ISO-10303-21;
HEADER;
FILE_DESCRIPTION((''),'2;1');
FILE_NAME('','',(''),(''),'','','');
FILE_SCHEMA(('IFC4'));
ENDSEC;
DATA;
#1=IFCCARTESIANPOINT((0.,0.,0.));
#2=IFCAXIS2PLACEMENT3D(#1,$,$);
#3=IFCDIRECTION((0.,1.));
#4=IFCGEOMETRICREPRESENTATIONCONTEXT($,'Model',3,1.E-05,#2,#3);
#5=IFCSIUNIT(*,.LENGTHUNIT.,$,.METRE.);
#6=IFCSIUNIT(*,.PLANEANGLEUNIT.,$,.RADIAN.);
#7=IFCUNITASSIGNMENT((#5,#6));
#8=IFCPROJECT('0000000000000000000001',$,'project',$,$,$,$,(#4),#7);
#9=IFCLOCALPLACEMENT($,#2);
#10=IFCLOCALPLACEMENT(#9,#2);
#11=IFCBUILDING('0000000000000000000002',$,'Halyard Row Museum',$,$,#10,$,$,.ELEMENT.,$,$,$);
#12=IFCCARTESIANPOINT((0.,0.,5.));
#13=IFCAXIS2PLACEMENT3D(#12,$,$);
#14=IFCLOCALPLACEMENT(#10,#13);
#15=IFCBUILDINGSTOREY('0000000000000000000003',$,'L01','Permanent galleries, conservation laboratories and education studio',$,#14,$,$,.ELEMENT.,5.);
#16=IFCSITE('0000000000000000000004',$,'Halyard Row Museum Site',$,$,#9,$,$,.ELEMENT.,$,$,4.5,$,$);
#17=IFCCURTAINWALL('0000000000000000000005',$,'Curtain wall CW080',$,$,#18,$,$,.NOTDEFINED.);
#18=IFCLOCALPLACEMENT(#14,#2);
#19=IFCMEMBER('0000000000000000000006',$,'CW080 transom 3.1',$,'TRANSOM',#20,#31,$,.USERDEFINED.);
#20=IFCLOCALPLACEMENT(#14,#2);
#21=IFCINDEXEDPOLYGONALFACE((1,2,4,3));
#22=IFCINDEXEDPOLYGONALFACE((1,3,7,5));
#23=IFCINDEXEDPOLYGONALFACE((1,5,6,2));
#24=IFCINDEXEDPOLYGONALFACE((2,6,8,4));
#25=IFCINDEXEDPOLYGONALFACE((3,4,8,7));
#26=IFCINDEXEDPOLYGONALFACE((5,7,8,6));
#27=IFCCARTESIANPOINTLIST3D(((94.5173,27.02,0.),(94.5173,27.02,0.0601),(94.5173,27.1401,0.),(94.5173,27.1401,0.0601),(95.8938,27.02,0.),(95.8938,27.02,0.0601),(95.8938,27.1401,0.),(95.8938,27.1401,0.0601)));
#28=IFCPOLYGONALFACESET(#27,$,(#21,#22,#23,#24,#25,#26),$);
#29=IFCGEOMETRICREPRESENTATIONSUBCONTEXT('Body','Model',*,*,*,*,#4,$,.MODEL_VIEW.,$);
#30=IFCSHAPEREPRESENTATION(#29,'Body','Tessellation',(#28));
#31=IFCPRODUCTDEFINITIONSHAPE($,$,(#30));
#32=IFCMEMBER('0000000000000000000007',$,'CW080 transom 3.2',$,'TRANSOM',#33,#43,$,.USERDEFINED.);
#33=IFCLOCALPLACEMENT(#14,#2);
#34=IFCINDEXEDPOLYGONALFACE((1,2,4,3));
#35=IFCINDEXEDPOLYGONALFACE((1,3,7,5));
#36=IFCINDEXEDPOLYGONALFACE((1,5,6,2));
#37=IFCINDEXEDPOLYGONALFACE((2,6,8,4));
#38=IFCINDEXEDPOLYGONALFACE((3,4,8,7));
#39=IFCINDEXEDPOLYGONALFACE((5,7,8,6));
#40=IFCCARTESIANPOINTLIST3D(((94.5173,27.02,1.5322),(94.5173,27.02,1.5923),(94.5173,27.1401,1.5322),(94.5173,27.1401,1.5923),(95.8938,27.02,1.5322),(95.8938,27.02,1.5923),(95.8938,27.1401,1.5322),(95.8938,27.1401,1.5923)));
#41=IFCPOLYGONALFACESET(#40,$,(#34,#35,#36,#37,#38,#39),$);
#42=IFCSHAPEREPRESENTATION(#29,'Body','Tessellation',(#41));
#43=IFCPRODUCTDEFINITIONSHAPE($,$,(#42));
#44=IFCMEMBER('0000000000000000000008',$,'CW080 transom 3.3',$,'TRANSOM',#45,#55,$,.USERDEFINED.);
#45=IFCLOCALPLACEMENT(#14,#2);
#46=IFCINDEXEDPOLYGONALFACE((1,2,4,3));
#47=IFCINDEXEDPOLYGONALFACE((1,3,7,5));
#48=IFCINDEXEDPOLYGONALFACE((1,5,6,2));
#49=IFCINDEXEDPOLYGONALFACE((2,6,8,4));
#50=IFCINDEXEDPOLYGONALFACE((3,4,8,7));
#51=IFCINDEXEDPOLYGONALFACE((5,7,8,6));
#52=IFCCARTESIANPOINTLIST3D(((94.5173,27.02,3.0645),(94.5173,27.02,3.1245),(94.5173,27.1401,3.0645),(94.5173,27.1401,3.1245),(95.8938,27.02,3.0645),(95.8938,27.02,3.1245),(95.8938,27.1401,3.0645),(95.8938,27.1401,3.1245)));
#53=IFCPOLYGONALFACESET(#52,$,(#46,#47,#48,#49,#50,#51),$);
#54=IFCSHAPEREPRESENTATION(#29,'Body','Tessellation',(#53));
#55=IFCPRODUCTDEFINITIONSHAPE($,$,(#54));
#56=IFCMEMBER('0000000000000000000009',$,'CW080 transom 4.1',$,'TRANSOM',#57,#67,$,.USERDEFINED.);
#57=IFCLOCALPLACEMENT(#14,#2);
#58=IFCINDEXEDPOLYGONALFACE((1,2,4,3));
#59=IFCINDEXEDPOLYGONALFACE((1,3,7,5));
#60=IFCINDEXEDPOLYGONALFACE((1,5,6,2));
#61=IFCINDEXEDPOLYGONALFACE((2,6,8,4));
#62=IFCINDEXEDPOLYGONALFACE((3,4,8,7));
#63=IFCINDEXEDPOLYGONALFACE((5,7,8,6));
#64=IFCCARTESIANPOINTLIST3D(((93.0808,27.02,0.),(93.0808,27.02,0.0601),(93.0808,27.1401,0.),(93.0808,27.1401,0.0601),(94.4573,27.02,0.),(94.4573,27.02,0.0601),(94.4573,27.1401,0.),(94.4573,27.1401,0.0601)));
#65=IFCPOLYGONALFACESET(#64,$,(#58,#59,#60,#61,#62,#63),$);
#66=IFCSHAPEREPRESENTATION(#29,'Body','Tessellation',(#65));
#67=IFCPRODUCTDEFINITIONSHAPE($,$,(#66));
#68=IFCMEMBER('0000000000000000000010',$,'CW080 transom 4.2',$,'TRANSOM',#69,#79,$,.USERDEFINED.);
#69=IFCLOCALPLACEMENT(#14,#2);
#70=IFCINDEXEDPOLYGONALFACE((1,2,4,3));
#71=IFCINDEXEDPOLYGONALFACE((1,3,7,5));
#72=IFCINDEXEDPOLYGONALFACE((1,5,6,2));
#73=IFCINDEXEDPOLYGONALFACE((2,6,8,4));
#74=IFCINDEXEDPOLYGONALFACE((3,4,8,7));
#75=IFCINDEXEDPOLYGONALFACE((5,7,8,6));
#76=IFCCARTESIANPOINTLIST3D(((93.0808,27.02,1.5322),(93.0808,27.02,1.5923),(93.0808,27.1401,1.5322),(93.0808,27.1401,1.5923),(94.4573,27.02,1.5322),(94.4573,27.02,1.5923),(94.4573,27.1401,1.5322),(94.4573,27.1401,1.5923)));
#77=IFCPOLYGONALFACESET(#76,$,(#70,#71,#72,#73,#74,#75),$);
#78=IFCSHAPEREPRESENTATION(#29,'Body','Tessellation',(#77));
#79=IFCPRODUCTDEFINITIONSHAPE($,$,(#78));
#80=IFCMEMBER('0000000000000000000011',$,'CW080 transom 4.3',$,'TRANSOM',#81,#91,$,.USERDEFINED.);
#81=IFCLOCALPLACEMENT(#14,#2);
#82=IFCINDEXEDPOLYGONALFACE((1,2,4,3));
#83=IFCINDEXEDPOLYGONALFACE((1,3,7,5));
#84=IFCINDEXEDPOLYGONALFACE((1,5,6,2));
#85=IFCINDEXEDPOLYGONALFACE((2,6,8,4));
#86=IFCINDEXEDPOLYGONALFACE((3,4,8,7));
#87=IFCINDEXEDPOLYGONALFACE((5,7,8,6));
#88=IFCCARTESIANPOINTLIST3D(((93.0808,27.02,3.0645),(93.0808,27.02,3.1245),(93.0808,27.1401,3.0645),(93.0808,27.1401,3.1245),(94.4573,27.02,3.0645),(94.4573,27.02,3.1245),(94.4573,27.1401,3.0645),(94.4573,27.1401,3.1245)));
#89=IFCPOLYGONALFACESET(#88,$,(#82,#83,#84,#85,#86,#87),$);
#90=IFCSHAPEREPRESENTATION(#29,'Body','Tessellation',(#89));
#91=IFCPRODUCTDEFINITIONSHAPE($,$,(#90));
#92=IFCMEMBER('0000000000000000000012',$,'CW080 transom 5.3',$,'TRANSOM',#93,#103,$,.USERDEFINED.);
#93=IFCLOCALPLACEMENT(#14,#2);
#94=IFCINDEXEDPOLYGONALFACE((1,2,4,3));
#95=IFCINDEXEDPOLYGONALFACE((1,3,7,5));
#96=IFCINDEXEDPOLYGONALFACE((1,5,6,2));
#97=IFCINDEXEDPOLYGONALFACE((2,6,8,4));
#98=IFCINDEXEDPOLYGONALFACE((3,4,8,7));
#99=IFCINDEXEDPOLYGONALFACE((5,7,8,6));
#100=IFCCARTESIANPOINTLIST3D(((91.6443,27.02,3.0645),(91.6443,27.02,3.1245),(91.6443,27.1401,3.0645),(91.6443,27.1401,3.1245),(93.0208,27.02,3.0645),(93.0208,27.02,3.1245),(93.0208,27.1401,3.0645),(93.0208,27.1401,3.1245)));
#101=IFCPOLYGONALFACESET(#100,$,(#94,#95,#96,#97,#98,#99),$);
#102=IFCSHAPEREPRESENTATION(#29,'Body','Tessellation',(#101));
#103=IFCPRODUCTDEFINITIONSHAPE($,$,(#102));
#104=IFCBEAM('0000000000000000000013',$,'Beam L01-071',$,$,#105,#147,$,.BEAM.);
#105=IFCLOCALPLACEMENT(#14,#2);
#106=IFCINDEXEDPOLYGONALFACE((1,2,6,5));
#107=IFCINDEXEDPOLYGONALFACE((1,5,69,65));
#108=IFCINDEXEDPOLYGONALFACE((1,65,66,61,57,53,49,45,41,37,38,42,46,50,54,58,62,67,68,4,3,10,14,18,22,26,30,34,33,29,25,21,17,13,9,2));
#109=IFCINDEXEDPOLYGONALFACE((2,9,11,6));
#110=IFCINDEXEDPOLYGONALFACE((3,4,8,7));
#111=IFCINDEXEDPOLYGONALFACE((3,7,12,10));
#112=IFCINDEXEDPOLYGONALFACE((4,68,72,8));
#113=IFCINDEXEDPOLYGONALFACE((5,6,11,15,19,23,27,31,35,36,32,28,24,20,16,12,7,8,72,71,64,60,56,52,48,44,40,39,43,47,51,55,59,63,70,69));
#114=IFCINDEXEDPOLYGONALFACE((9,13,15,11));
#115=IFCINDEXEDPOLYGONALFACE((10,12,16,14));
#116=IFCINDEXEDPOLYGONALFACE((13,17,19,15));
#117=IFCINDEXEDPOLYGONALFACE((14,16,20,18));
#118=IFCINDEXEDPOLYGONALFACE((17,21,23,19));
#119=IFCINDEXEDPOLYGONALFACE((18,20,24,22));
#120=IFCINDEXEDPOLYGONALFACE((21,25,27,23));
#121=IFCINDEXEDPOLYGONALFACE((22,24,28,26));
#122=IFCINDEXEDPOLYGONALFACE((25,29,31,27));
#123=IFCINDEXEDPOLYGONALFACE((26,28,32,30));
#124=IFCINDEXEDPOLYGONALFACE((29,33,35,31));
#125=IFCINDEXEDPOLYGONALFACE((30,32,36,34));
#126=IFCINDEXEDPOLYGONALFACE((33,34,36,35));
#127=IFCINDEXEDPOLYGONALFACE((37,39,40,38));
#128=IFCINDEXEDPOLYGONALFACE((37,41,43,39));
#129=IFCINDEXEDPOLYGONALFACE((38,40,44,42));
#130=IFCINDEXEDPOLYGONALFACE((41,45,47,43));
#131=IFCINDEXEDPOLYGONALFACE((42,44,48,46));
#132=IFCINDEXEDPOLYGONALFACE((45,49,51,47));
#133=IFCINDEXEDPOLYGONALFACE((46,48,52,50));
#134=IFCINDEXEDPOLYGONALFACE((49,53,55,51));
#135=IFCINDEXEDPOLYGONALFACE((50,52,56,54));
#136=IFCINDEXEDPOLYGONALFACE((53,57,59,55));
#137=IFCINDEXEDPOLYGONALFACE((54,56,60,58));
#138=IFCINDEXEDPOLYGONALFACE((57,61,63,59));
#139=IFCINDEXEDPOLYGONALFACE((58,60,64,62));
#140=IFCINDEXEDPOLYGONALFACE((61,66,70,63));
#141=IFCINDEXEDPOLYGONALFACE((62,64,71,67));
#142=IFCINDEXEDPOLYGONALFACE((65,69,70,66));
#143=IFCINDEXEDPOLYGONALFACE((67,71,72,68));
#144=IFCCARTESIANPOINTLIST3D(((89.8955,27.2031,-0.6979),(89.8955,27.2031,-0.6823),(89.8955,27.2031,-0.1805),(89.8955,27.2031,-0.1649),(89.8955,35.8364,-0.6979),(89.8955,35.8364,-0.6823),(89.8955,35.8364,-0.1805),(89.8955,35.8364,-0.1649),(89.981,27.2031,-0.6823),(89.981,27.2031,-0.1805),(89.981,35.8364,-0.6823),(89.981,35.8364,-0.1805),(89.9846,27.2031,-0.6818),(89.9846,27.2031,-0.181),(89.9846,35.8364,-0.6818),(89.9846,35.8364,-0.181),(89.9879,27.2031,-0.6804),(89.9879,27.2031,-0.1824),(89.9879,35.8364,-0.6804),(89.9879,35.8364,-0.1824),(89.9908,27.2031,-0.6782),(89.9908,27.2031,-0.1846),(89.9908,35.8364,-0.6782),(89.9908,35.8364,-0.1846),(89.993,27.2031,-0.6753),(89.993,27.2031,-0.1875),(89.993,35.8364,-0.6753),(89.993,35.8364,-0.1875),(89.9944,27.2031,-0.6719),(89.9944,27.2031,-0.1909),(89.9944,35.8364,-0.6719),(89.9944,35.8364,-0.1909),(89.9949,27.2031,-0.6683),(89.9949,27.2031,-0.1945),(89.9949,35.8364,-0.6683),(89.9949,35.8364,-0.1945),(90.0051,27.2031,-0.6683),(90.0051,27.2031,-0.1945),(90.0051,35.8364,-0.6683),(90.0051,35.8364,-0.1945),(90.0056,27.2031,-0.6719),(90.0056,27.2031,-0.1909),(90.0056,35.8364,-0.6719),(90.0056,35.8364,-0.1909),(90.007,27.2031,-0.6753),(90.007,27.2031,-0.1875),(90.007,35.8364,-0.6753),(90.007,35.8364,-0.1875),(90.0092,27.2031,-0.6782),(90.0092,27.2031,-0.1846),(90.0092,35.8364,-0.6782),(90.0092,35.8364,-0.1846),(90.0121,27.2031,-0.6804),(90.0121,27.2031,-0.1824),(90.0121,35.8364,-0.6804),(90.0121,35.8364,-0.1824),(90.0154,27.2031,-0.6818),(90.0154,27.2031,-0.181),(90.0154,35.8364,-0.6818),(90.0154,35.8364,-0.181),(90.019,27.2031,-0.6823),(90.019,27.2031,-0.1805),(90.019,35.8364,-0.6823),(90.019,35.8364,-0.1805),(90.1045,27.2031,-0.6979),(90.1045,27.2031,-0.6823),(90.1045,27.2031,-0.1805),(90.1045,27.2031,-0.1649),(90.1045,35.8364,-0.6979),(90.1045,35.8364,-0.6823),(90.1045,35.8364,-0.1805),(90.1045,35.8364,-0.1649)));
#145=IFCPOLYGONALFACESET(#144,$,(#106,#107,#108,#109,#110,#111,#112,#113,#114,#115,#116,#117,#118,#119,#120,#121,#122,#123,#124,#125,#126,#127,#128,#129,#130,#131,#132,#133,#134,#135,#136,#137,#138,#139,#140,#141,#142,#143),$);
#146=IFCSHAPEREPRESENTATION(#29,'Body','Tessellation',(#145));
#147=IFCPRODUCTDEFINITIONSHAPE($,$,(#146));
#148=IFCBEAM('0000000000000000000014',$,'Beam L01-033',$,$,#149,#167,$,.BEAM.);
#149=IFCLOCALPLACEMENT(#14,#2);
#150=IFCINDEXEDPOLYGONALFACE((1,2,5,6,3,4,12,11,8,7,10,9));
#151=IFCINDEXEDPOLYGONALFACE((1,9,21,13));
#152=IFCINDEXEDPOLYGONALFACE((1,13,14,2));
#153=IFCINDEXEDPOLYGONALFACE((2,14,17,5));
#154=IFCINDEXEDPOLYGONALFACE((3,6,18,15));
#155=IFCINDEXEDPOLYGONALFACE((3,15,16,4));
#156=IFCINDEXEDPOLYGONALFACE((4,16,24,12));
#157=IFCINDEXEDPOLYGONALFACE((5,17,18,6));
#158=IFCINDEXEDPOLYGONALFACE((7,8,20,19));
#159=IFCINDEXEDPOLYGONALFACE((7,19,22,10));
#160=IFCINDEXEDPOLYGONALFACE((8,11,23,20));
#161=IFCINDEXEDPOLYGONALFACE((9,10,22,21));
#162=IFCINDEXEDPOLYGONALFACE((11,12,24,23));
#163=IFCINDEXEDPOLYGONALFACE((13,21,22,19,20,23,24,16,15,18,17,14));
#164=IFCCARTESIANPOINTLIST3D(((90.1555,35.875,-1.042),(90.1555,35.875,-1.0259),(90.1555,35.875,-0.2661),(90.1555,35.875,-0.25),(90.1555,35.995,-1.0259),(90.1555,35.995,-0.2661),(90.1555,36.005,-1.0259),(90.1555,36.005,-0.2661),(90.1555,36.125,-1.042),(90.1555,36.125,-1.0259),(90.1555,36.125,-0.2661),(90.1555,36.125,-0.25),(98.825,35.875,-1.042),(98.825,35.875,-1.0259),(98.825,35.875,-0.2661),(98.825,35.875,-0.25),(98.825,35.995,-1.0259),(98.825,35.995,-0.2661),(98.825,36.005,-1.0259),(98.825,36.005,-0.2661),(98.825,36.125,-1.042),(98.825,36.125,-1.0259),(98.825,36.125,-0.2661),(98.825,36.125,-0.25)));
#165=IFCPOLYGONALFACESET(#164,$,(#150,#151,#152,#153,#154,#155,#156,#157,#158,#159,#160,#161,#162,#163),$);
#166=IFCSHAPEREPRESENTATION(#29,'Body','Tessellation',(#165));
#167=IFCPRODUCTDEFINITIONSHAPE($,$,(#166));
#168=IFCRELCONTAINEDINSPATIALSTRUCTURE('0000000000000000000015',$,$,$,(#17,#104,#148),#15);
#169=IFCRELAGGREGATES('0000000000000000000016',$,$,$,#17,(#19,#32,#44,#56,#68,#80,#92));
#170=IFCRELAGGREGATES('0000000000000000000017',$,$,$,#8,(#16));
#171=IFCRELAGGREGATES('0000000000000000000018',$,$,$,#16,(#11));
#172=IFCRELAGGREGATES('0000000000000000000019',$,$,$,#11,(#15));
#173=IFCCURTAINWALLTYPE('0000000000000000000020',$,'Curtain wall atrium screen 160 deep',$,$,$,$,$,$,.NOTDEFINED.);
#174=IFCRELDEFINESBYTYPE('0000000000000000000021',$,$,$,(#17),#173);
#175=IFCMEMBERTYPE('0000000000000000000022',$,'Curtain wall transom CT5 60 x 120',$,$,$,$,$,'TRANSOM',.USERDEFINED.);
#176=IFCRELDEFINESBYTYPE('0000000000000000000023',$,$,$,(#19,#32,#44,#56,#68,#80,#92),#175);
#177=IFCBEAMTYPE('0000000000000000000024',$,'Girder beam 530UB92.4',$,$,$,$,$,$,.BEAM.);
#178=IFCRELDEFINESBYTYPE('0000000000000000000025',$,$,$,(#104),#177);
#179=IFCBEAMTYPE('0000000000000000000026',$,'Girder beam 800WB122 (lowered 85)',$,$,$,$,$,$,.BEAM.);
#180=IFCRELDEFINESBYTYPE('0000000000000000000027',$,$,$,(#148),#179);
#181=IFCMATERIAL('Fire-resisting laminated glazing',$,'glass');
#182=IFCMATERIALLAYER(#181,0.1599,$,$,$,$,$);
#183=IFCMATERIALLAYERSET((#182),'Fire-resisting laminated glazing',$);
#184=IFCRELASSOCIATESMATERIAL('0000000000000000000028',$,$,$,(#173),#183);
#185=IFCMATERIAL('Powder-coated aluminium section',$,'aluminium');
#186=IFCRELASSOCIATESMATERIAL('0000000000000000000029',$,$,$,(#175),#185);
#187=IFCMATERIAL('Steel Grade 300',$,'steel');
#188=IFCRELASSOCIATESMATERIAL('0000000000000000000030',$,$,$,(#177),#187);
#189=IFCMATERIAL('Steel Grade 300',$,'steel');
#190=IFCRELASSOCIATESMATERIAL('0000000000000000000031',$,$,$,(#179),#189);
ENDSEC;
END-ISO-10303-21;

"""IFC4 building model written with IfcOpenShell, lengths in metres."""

from ifc_helpers import new_model, si_unit, direction, frame, origin, origin_2d, place, context, subcontext, project, spatial, rectangle, i_section, extrude, material, layer, layer_set, material_profile, profile_set, type_object, element, aggregate, save


model = new_model("IFC4")

# Units and contexts
model_context = context("Model", 3, precision=1e-05, world=origin(), true_north=direction((0.0, 1.0)))
body_context = subcontext(model_context, "Body", "Model", "MODEL_VIEW")
ifc_project = project(units=[si_unit("LENGTHUNIT", "METRE"), si_unit("PLANEANGLEUNIT", "RADIAN")], contexts=[model_context])

# Site, building, storey
site_placement = place(None, origin())
site = spatial("IfcSite", under=ifc_project, at=site_placement, Name="Halyard Row Museum Site", CompositionType="ELEMENT", RefElevation=4.5)
building_placement = place(site_placement, origin())
building = spatial("IfcBuilding", under=site, at=building_placement, Name="Halyard Row Museum", CompositionType="ELEMENT")
storey_placement = place(building_placement, frame((0.0, 0.0, 5.0)))
storey = spatial("IfcBuildingStorey", under=building, at=storey_placement, Name="L01", Description="Permanent galleries, conservation laboratories and education studio", CompositionType="ELEMENT", Elevation=5.0)

# Curtain wall, members
ifc_material_1 = material(Name="Fire-resisting laminated glazing", Category="glass")
ifc_layer_1 = layer(ifc_material_1, 0.1599)
ifc_layer_set_1 = layer_set([ifc_layer_1], Name="Fire-resisting laminated glazing")
curtain_wall_type = type_object("IfcCurtainWallType", Name="Curtain wall atrium screen 160 deep", PredefinedType="NOTDEFINED", material=ifc_layer_set_1)
curtain_wall_placement = place(storey_placement, origin())
curtain_wall = element("IfcCurtainWall", 1, at=curtain_wall_placement, inside=storey, type_object=curtain_wall_type, Name="Curtain wall CW080", PredefinedType="NOTDEFINED")
ifc_material_2 = material(Name="Powder-coated aluminium section", Category="aluminium")
ifc_material_profile_1 = material_profile(ifc_material_2, rectangle(XDim=0.1201, YDim=0.0601, at=origin_2d()), Name="120x60 transom")
ifc_profile_set_1 = profile_set([ifc_material_profile_1], Name="Powder-coated aluminium section")
member_type_1 = type_object("IfcMemberType", Name="Curtain wall transom CT5 60 x 120", ElementType="TRANSOM", PredefinedType="USERDEFINED", material=ifc_profile_set_1)
member_1_placement = place(storey_placement, frame((95.8938, 27.0801, 0.03), z_axis=(-1.0, 0.0, 0.0), x_axis=(0.0, -1.0, 0.0)))
member_1 = element("IfcMember", 2, at=member_1_placement, type_object=member_type_1, Name="CW080 transom 3.1", ObjectType="TRANSOM", PredefinedType="USERDEFINED", context=body_context, shape_type="SweptSolid", body=[
    extrude(rectangle(XDim=0.1201, YDim=0.0601, at=origin_2d()), origin(), (0.0, 0.0, 1.0), 1.3765),
])
member_2_placement = place(storey_placement, frame((95.8938, 27.0801, 1.5623), z_axis=(-1.0, 0.0, 0.0), x_axis=(0.0, -1.0, 0.0)))
member_2 = element("IfcMember", 3, at=member_2_placement, type_object=member_type_1, Name="CW080 transom 3.2", ObjectType="TRANSOM", PredefinedType="USERDEFINED", context=body_context, shape_type="SweptSolid", body=[
    extrude(rectangle(XDim=0.1201, YDim=0.0601, at=origin_2d()), origin(), (0.0, 0.0, 1.0), 1.3765),
])
member_3_placement = place(storey_placement, frame((95.8938, 27.0801, 3.0945), z_axis=(-1.0, 0.0, 0.0), x_axis=(0.0, -1.0, 0.0)))
member_3 = element("IfcMember", 4, at=member_3_placement, type_object=member_type_1, Name="CW080 transom 3.3", ObjectType="TRANSOM", PredefinedType="USERDEFINED", context=body_context, shape_type="SweptSolid", body=[
    extrude(rectangle(XDim=0.1201, YDim=0.0601, at=origin_2d()), origin(), (0.0, 0.0, 1.0), 1.3765),
])
member_4_placement = place(storey_placement, frame((94.4573, 27.0801, 0.03), z_axis=(-1.0, 0.0, 0.0), x_axis=(0.0, -1.0, 0.0)))
member_4 = element("IfcMember", 5, at=member_4_placement, type_object=member_type_1, Name="CW080 transom 4.1", ObjectType="TRANSOM", PredefinedType="USERDEFINED", context=body_context, shape_type="SweptSolid", body=[
    extrude(rectangle(XDim=0.1201, YDim=0.0601, at=origin_2d()), origin(), (0.0, 0.0, 1.0), 1.3765),
])
member_5_placement = place(storey_placement, frame((94.4573, 27.0801, 1.5623), z_axis=(-1.0, 0.0, 0.0), x_axis=(0.0, -1.0, 0.0)))
member_5 = element("IfcMember", 6, at=member_5_placement, type_object=member_type_1, Name="CW080 transom 4.2", ObjectType="TRANSOM", PredefinedType="USERDEFINED", context=body_context, shape_type="SweptSolid", body=[
    extrude(rectangle(XDim=0.1201, YDim=0.0601, at=origin_2d()), origin(), (0.0, 0.0, 1.0), 1.3765),
])
member_6_placement = place(storey_placement, frame((94.4573, 27.0801, 3.0945), z_axis=(-1.0, 0.0, 0.0), x_axis=(0.0, -1.0, 0.0)))
member_6 = element("IfcMember", 7, at=member_6_placement, type_object=member_type_1, Name="CW080 transom 4.3", ObjectType="TRANSOM", PredefinedType="USERDEFINED", context=body_context, shape_type="SweptSolid", body=[
    extrude(rectangle(XDim=0.1201, YDim=0.0601, at=origin_2d()), origin(), (0.0, 0.0, 1.0), 1.3765),
])
member_7_placement = place(storey_placement, frame((93.0208, 27.0801, 3.0945), z_axis=(-1.0, 0.0, 0.0), x_axis=(0.0, -1.0, 0.0)))
member_7 = element("IfcMember", 8, at=member_7_placement, type_object=member_type_1, Name="CW080 transom 5.3", ObjectType="TRANSOM", PredefinedType="USERDEFINED", context=body_context, shape_type="SweptSolid", body=[
    extrude(rectangle(XDim=0.1201, YDim=0.0601, at=origin_2d()), origin(), (0.0, 0.0, 1.0), 1.3765),
])

# Beams
ifc_material_3 = material(Name="Steel Grade 300", Category="steel")
ifc_material_profile_2 = material_profile(ifc_material_3, i_section(OverallWidth=0.209, OverallDepth=0.533, WebThickness=0.0103, FlangeThickness=0.0156, FilletRadius=0.0139, at=origin_2d()), Name="530UB92.4")
ifc_profile_set_2 = profile_set([ifc_material_profile_2], Name="Steel Grade 300")
beam_type_1 = type_object("IfcBeamType", Name="Girder beam 530UB92.4", PredefinedType="BEAM", material=ifc_profile_set_2)
beam_1_placement = place(storey_placement, frame((90.0, 27.2031, -0.4314), z_axis=(0.0, 1.0, 0.0), x_axis=(-1.0, 0.0, 0.0)))
element("IfcBeam", 9, at=beam_1_placement, inside=storey, type_object=beam_type_1, Name="Beam L01-071", PredefinedType="BEAM", context=body_context, shape_type="SweptSolid", body=[
    extrude(i_section(OverallWidth=0.209, OverallDepth=0.533, WebThickness=0.0103, FlangeThickness=0.0156, FilletRadius=0.0139, at=origin_2d()), origin(), (0.0, 0.0, 1.0), 8.6333),
])
ifc_material_4 = material(Name="Steel Grade 300", Category="steel")
ifc_material_profile_3 = material_profile(ifc_material_4, i_section(OverallWidth=0.25, OverallDepth=0.792, WebThickness=0.01, FlangeThickness=0.0161, at=origin_2d()), Name="800WB122")
ifc_profile_set_3 = profile_set([ifc_material_profile_3], Name="Steel Grade 300")
beam_type_2 = type_object("IfcBeamType", Name="Girder beam 800WB122 (lowered 85)", PredefinedType="BEAM", material=ifc_profile_set_3)
beam_2_placement = place(storey_placement, frame((90.1555, 36.0, -0.646), z_axis=(1.0, 0.0, 0.0), x_axis=(0.0, 1.0, 0.0)))
element("IfcBeam", 10, at=beam_2_placement, inside=storey, type_object=beam_type_2, Name="Beam L01-033", PredefinedType="BEAM", context=body_context, shape_type="SweptSolid", body=[
    extrude(i_section(OverallWidth=0.25, OverallDepth=0.792, WebThickness=0.01, FlangeThickness=0.0161, at=origin_2d()), origin(), (0.0, 0.0, 1.0), 8.6694),
])

aggregate(curtain_wall, [member_1, member_2, member_3, member_4, member_5, member_6, member_7])

save(model, "model.ifc")
